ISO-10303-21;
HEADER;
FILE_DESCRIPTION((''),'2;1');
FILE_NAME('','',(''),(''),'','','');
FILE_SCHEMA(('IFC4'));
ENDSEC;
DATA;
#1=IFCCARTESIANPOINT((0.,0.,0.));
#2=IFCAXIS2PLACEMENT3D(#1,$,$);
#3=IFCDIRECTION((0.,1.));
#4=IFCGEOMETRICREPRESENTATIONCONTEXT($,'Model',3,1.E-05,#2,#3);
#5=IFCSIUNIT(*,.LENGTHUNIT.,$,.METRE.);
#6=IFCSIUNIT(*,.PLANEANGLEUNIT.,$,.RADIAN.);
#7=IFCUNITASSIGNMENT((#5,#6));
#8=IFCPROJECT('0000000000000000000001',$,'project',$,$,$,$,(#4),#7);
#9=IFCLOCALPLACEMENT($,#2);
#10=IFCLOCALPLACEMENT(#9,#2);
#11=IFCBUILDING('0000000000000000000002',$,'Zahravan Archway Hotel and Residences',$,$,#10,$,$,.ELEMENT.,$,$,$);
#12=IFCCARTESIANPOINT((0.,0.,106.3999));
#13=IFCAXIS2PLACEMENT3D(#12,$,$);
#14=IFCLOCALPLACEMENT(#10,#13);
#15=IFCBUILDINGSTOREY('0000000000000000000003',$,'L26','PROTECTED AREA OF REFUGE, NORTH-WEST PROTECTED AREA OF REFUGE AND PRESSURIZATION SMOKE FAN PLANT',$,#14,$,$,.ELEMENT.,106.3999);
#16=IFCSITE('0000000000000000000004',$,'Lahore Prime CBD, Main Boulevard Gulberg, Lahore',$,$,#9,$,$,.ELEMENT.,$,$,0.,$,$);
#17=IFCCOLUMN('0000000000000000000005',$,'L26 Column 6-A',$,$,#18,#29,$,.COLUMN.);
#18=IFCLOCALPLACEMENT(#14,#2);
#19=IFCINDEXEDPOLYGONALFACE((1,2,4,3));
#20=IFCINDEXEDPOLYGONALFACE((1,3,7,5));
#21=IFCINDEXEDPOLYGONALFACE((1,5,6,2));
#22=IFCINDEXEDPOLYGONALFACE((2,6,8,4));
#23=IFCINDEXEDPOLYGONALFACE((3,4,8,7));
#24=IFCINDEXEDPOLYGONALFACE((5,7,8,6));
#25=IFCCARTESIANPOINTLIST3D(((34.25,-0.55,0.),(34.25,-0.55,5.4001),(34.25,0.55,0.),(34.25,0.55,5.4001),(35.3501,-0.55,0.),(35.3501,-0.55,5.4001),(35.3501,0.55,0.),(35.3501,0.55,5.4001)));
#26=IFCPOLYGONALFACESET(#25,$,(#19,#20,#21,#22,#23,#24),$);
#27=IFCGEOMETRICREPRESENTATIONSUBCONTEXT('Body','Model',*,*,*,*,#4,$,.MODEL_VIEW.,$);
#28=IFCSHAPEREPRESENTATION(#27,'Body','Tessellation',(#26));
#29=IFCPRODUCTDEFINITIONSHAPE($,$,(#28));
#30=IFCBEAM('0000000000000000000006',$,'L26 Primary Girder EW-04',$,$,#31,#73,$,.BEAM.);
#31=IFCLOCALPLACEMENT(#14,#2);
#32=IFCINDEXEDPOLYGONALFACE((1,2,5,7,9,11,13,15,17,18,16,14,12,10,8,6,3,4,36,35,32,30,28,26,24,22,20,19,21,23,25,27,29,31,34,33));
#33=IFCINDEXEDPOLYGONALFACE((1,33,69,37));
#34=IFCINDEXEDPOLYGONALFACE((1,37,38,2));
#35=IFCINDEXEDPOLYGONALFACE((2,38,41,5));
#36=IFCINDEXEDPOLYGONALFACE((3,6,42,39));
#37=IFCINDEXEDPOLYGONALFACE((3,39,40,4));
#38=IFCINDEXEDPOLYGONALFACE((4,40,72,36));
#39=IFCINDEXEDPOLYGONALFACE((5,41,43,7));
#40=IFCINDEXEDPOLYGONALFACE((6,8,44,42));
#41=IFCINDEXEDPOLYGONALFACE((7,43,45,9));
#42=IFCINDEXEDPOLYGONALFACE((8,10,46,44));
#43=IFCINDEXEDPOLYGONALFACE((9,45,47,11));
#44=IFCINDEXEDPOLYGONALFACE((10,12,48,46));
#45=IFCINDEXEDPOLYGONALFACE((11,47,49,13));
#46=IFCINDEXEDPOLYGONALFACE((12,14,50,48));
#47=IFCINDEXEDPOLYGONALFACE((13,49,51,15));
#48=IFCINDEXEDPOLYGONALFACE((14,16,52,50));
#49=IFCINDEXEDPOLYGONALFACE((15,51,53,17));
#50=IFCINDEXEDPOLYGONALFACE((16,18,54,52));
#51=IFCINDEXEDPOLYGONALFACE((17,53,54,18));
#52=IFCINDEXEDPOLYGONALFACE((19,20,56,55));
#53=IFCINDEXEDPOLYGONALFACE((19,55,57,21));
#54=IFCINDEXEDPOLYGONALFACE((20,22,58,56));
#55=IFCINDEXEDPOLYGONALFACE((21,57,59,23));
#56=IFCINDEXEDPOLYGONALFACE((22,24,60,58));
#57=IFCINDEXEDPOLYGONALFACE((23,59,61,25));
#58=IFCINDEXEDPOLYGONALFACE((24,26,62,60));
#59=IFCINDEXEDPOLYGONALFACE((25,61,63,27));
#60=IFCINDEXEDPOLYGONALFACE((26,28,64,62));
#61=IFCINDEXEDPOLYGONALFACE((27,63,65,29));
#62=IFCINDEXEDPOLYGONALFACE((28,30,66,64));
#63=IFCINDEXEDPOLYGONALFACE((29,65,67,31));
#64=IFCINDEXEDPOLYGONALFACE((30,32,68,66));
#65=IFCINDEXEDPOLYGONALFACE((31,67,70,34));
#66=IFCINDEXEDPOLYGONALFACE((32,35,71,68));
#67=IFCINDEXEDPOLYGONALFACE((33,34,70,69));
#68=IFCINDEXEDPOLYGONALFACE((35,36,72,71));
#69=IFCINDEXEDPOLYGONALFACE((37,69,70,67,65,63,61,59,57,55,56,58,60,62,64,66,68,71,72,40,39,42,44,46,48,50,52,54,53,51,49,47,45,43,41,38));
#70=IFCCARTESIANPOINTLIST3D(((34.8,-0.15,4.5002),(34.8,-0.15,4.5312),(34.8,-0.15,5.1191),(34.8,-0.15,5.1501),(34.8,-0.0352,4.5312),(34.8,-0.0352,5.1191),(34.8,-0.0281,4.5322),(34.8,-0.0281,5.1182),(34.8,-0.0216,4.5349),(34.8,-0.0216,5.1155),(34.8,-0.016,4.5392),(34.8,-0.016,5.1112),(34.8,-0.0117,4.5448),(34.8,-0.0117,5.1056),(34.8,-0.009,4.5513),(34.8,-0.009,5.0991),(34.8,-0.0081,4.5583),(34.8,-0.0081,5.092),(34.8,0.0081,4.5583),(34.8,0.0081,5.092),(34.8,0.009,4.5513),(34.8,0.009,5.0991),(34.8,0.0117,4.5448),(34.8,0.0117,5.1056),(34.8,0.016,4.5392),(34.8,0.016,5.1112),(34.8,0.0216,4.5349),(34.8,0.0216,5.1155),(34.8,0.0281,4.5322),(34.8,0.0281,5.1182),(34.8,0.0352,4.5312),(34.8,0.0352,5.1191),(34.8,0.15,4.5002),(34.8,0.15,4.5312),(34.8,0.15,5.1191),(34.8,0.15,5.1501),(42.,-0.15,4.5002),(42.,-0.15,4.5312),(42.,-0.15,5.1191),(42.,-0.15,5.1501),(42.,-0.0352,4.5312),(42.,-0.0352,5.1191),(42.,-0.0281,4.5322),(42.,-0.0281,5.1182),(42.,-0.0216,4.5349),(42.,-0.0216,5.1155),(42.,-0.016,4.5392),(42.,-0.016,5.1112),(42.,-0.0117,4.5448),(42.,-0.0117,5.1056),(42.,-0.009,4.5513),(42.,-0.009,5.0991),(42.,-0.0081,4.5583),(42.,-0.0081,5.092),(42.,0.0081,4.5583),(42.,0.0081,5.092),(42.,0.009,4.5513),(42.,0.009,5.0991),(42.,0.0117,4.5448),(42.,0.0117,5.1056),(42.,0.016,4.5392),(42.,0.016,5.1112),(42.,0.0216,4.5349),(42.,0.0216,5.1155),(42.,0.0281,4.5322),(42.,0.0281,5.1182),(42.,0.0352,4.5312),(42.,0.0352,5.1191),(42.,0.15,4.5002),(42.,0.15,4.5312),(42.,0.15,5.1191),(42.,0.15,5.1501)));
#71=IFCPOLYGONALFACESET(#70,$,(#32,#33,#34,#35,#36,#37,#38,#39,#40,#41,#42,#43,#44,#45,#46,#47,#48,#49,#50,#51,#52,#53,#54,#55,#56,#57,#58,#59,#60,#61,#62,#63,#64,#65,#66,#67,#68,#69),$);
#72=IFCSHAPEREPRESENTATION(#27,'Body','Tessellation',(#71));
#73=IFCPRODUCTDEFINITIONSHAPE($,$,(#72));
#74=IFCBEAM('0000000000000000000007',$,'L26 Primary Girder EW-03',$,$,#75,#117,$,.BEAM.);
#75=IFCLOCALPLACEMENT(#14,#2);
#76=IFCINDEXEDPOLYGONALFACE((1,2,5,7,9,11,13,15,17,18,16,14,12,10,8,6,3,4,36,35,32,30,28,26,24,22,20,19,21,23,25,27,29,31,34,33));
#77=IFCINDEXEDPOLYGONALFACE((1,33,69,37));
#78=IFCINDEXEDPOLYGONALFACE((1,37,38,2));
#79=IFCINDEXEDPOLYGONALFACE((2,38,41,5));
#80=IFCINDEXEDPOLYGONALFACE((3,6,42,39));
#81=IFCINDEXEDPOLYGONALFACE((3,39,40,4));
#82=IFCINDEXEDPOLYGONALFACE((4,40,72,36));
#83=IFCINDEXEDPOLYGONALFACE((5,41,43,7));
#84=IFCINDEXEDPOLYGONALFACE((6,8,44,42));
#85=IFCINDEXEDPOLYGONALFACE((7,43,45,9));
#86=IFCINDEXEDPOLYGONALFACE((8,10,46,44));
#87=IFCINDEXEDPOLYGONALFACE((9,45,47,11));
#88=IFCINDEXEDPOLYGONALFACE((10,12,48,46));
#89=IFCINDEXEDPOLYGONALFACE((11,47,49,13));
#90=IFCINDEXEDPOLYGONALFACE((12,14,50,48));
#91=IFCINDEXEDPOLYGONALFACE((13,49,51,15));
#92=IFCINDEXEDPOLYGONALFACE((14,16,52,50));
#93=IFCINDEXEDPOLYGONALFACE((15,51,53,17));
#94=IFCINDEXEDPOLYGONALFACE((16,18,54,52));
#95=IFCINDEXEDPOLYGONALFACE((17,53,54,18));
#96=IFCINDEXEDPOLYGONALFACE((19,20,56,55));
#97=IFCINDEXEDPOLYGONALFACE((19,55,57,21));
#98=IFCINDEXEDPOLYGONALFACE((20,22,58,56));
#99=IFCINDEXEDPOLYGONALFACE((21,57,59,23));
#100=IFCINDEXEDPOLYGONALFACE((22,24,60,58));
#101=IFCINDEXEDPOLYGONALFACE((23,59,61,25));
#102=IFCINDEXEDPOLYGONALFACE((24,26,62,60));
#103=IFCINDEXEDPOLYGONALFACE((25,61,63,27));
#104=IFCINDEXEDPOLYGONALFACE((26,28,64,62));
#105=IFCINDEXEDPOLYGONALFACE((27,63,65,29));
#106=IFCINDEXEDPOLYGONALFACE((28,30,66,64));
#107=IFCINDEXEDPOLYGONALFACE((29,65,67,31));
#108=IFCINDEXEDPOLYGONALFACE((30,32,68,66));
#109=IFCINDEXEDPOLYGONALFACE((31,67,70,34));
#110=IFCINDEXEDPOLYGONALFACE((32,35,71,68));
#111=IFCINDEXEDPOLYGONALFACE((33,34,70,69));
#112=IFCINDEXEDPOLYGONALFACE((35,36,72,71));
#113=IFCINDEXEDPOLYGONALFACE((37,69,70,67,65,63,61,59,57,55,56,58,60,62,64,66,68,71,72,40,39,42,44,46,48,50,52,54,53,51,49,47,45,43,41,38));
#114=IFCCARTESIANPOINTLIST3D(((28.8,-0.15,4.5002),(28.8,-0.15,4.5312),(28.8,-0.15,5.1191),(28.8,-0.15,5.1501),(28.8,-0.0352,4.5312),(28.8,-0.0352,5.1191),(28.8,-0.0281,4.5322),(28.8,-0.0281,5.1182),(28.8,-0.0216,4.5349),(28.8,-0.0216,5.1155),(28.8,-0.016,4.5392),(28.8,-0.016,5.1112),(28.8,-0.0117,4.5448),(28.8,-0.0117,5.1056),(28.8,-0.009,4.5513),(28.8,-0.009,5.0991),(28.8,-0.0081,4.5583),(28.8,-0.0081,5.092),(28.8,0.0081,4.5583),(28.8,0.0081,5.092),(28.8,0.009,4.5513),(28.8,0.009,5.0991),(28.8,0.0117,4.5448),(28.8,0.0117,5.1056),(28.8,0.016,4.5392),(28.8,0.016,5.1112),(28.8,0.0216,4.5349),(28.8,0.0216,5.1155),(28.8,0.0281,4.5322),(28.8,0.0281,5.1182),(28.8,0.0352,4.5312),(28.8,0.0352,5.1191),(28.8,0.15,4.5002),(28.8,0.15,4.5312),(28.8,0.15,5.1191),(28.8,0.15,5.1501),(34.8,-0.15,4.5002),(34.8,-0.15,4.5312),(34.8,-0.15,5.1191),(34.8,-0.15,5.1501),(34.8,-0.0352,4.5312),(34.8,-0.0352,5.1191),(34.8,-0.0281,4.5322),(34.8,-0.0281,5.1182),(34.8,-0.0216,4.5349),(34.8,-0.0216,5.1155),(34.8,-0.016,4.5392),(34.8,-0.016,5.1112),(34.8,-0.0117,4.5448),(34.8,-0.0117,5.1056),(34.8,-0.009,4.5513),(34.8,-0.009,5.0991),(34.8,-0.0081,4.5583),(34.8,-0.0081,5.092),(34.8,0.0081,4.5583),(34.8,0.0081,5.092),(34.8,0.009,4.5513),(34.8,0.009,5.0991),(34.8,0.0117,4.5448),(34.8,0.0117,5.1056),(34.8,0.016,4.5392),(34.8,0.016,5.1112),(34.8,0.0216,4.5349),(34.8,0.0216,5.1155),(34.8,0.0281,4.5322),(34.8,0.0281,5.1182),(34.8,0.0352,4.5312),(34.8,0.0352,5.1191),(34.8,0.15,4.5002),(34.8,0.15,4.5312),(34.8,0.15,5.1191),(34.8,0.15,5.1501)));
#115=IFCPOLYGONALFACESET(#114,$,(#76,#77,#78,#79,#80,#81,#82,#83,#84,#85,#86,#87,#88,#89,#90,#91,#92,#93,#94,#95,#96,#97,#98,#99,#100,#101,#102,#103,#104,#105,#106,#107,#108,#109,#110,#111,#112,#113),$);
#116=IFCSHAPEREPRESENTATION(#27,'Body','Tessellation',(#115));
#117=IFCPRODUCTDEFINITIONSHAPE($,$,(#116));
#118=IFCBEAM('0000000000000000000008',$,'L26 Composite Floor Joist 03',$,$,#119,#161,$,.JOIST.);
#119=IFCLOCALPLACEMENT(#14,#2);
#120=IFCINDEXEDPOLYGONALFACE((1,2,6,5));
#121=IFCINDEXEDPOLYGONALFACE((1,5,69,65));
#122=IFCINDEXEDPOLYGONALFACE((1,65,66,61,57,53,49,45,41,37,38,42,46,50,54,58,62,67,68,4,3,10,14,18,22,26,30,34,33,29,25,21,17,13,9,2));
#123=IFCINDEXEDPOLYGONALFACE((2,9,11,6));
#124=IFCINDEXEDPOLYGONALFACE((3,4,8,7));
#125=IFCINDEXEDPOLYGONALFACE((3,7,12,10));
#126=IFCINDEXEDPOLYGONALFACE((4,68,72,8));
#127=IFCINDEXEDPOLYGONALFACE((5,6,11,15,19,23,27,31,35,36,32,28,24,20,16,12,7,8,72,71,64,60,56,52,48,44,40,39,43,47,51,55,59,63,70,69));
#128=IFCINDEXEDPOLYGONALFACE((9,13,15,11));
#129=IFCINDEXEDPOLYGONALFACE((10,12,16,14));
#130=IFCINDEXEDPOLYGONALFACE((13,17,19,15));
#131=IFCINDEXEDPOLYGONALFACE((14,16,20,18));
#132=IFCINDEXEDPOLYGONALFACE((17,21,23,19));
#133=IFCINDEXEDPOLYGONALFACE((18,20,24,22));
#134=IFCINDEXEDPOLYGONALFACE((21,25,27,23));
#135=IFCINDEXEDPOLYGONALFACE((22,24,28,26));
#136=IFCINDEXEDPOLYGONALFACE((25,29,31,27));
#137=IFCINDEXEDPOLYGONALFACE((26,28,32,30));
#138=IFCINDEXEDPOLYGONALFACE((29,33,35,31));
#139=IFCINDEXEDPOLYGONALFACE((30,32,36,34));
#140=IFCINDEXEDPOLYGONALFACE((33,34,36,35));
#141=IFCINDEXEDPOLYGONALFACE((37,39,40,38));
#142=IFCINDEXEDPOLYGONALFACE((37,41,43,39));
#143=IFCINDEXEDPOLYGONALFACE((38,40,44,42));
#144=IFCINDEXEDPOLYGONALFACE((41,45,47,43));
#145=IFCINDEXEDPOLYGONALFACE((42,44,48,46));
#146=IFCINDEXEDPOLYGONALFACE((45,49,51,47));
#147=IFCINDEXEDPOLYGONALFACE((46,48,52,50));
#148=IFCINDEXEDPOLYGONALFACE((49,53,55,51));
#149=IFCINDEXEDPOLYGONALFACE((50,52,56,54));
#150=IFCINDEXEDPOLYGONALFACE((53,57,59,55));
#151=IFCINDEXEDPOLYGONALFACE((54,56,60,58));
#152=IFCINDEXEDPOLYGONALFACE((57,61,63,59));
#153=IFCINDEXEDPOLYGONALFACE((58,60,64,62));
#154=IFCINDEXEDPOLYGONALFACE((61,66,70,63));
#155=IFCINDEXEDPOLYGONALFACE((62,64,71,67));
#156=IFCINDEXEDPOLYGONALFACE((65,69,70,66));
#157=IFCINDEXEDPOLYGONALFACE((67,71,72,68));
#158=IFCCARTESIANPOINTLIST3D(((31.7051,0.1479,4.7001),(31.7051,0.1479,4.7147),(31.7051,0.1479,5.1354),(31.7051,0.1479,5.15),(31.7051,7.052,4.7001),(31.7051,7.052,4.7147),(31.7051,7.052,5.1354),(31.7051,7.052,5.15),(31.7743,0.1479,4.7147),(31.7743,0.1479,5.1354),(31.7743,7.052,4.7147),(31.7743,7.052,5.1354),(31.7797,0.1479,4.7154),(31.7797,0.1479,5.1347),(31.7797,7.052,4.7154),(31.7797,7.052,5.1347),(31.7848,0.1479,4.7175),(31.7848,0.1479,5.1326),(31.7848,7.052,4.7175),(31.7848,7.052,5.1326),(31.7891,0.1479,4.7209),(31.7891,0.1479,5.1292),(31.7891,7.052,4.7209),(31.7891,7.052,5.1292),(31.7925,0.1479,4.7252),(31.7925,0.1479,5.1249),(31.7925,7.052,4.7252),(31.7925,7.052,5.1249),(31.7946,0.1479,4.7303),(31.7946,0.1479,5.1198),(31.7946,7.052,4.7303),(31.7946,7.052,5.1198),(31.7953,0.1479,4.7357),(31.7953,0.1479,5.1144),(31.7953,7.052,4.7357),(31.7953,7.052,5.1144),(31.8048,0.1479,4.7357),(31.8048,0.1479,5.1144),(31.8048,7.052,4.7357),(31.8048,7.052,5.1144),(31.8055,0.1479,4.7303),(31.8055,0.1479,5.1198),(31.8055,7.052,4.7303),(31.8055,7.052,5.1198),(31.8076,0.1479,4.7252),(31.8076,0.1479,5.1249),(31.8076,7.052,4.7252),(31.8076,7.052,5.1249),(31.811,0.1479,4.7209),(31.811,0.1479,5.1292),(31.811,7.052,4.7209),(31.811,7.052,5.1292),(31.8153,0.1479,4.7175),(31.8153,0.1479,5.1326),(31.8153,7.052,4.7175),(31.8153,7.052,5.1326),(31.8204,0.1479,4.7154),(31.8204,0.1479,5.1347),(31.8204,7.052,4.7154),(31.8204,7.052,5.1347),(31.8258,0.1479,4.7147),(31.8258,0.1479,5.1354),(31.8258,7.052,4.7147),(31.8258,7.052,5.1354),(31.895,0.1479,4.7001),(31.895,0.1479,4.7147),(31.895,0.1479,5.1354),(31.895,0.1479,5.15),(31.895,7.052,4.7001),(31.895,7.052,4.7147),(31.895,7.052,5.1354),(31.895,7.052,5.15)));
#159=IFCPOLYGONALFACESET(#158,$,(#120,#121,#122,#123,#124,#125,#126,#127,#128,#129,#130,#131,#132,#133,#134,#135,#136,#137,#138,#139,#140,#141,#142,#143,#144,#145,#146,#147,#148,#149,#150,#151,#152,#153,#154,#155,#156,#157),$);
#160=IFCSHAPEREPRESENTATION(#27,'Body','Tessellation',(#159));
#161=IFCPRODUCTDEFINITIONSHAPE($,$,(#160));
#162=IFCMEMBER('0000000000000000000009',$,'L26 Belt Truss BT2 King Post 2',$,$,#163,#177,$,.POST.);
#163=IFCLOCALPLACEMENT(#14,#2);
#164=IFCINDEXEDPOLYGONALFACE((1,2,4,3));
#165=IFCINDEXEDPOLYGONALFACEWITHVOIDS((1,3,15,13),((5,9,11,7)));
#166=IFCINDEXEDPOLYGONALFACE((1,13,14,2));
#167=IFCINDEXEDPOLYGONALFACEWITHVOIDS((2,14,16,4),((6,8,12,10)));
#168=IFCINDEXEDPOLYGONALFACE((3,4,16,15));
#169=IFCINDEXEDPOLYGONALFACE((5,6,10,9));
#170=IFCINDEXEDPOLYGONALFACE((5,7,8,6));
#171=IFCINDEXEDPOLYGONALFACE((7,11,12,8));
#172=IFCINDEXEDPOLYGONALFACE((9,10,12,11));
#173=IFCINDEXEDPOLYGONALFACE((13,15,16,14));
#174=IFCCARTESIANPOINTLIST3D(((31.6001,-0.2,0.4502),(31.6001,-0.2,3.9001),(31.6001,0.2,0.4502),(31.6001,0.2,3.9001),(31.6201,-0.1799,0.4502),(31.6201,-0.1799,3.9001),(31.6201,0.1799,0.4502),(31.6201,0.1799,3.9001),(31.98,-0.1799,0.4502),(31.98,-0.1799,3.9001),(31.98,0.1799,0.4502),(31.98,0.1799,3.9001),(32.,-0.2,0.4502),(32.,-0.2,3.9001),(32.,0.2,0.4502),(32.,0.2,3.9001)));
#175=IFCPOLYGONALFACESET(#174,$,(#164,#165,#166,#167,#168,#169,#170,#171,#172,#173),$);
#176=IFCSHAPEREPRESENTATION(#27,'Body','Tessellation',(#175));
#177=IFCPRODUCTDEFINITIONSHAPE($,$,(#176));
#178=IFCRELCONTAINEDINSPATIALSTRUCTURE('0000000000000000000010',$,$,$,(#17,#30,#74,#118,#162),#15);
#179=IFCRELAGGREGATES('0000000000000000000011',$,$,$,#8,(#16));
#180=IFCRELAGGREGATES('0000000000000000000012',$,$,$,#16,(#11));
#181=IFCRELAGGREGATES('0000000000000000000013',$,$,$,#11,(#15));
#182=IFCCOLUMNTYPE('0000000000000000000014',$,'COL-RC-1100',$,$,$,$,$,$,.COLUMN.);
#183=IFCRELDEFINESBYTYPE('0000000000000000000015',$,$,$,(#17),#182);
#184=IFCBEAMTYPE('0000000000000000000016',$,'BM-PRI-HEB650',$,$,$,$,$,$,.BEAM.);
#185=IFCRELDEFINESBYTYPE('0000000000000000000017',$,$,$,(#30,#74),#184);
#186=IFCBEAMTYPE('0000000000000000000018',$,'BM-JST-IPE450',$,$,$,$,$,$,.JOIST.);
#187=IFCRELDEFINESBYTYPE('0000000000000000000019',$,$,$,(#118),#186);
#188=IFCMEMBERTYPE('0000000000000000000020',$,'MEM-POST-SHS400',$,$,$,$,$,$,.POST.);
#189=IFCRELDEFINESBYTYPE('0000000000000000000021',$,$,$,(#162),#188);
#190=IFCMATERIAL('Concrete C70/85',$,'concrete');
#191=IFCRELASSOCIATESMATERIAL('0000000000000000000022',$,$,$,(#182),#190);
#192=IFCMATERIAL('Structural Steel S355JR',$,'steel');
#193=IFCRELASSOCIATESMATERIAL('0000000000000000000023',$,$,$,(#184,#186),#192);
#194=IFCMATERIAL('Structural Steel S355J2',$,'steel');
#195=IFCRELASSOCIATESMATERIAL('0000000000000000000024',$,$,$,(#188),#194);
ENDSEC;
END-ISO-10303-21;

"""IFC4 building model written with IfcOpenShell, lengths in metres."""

from ifc_helpers import new_model, si_unit, direction, frame, origin, origin_2d, place, context, subcontext, project, spatial, rectangle, hollow_rectangle, i_section, extrude, source, transform, mapped, material, material_profile, profile_set, type_object, type_shapes, element, save


model = new_model("IFC4")

# Units and contexts
model_context = context("Model", 3, precision=1e-05, world=origin(), true_north=direction((0.0, 1.0)))
body_context = subcontext(model_context, "Body", "Model", "MODEL_VIEW")
ifc_project = project(units=[si_unit("LENGTHUNIT", "METRE"), si_unit("PLANEANGLEUNIT", "RADIAN")], contexts=[model_context])

# Site, building, storey
site_placement = place(None, origin())
site = spatial("IfcSite", under=ifc_project, at=site_placement, Name="Lahore Prime CBD, Main Boulevard Gulberg, Lahore", CompositionType="ELEMENT", RefElevation=0.0)
building_placement = place(site_placement, origin())
building = spatial("IfcBuilding", under=site, at=building_placement, Name="Zahravan Archway Hotel and Residences", CompositionType="ELEMENT")
storey_placement = place(building_placement, frame((0.0, 0.0, 106.3999)))
storey = spatial("IfcBuildingStorey", under=building, at=storey_placement, Name="L26", Description="PROTECTED AREA OF REFUGE, NORTH-WEST PROTECTED AREA OF REFUGE AND PRESSURIZATION SMOKE FAN PLANT", CompositionType="ELEMENT", Elevation=106.3999)

# Column
ifc_material_1 = material(Name="Concrete C70/85", Category="concrete")
ifc_material_profile_1 = material_profile(ifc_material_1, rectangle(XDim=1.1001, YDim=1.1001, at=origin_2d()), Name="RC 1100x1100", Category="concrete")
ifc_profile_set_1 = profile_set([ifc_material_profile_1], Name="Concrete C70/85")
column_type = type_object("IfcColumnType", Name="COL-RC-1100", PredefinedType="COLUMN", material=ifc_profile_set_1)
shared_shape_1 = source(origin(), body_context, "Body", "SweptSolid", [
    extrude(rectangle(XDim=1.1001, YDim=1.1001, at=origin_2d()), origin(), (0.0, 0.0, 1.0), 5.4001),
])
column_placement = place(storey_placement, frame((34.8, 0.0, 0.0), z_axis=(0.0, 0.0, 1.0), x_axis=(1.0, 0.0, 0.0)))
element("IfcColumn", 1, at=column_placement, inside=storey, type_object=column_type, Name="L26 Column 6-A", PredefinedType="COLUMN", context=body_context, shape_type="MappedRepresentation", body=[
    mapped(shared_shape_1, transform((0.0, 0.0, 0.0), scale=1.0)),
])

# Beams
ifc_material_2 = material(Name="Structural Steel S355JR", Category="steel")
ifc_material_profile_2 = material_profile(ifc_material_2, i_section(OverallWidth=0.3, OverallDepth=0.6499, WebThickness=0.0161, FlangeThickness=0.031, FilletRadius=0.0271, at=origin_2d()), Name="HEB 650", Category="steel")
ifc_profile_set_2 = profile_set([ifc_material_profile_2], Name="Structural Steel S355JR")
beam_type_1 = type_object("IfcBeamType", Name="BM-PRI-HEB650", PredefinedType="BEAM", material=ifc_profile_set_2)
shared_shape_2 = source(origin(), body_context, "Body", "SweptSolid", [
    extrude(i_section(OverallWidth=0.3, OverallDepth=0.6499, WebThickness=0.0161, FlangeThickness=0.031, FilletRadius=0.0271, at=origin_2d()), origin(), (0.0, 0.0, 1.0), 7.2),
])
beam_1_placement = place(storey_placement, frame((34.8, 0.0, 4.8252), z_axis=(1.0, 0.0, 0.0), x_axis=(0.0, 1.0, 0.0)))
element("IfcBeam", 2, at=beam_1_placement, inside=storey, type_object=beam_type_1, Name="L26 Primary Girder EW-04", PredefinedType="BEAM", context=body_context, shape_type="MappedRepresentation", body=[
    mapped(shared_shape_2, transform((0.0, 0.0, 0.0), scale=1.0)),
])
shared_shape_3 = source(origin(), body_context, "Body", "SweptSolid", [
    extrude(i_section(OverallWidth=0.3, OverallDepth=0.6499, WebThickness=0.0161, FlangeThickness=0.031, FilletRadius=0.0271, at=origin_2d()), origin(), (0.0, 0.0, 1.0), 6.0),
])
beam_2_placement = place(storey_placement, frame((28.8, 0.0, 4.8252), z_axis=(1.0, 0.0, 0.0), x_axis=(0.0, 1.0, 0.0)))
element("IfcBeam", 3, at=beam_2_placement, inside=storey, type_object=beam_type_1, Name="L26 Primary Girder EW-03", PredefinedType="BEAM", context=body_context, shape_type="MappedRepresentation", body=[
    mapped(shared_shape_3, transform((0.0, 0.0, 0.0), scale=1.0)),
])
ifc_material_profile_3 = material_profile(ifc_material_2, i_section(OverallWidth=0.1899, OverallDepth=0.45, WebThickness=0.0095, FlangeThickness=0.0146, FilletRadius=0.021, at=origin_2d()), Name="IPE 450", Category="steel")
ifc_profile_set_3 = profile_set([ifc_material_profile_3], Name="Structural Steel S355JR")
beam_type_2 = type_object("IfcBeamType", Name="BM-JST-IPE450", PredefinedType="JOIST", material=ifc_profile_set_3)
shared_shape_4 = source(origin(), body_context, "Body", "SweptSolid", [
    extrude(i_section(OverallWidth=0.1899, OverallDepth=0.45, WebThickness=0.0095, FlangeThickness=0.0146, FilletRadius=0.021, at=origin_2d()), origin(), (0.0, 0.0, 1.0), 6.9041),
])
type_shapes(beam_type_2, [shared_shape_4])
beam_3_placement = place(storey_placement, frame((31.8, 0.1479, 4.925), z_axis=(0.0, 1.0, 0.0), x_axis=(-1.0, 0.0, 0.0)))
element("IfcBeam", 4, at=beam_3_placement, inside=storey, type_object=beam_type_2, Name="L26 Composite Floor Joist 03", PredefinedType="JOIST", context=body_context, shape_type="MappedRepresentation", body=[
    mapped(shared_shape_4, transform((0.0, 0.0, 0.0), scale=1.0)),
])

# Member
ifc_material_3 = material(Name="Structural Steel S355J2", Category="steel")
ifc_material_profile_4 = material_profile(ifc_material_3, hollow_rectangle(XDim=0.3999, YDim=0.3999, WallThickness=0.02, at=origin_2d()), Name="SHS 400x400x20", Category="steel")
ifc_profile_set_4 = profile_set([ifc_material_profile_4], Name="Structural Steel S355J2")
member_type_1 = type_object("IfcMemberType", Name="MEM-POST-SHS400", PredefinedType="POST", material=ifc_profile_set_4)
shared_shape_5 = source(origin(), body_context, "Body", "SweptSolid", [
    extrude(hollow_rectangle(XDim=0.3999, YDim=0.3999, WallThickness=0.02, at=origin_2d()), origin(), (0.0, 0.0, 1.0), 3.45),
])
type_shapes(member_type_1, [shared_shape_5])
member_placement = place(storey_placement, frame((31.8, 0.0, 0.4502), z_axis=(0.0, 0.0, 1.0), x_axis=(1.0, 0.0, 0.0)))
element("IfcMember", 5, at=member_placement, inside=storey, type_object=member_type_1, Name="L26 Belt Truss BT2 King Post 2", PredefinedType="POST", context=body_context, shape_type="MappedRepresentation", body=[
    mapped(shared_shape_5, transform((0.0, 0.0, 0.0), scale=1.0)),
])

save(model, "model.ifc")
